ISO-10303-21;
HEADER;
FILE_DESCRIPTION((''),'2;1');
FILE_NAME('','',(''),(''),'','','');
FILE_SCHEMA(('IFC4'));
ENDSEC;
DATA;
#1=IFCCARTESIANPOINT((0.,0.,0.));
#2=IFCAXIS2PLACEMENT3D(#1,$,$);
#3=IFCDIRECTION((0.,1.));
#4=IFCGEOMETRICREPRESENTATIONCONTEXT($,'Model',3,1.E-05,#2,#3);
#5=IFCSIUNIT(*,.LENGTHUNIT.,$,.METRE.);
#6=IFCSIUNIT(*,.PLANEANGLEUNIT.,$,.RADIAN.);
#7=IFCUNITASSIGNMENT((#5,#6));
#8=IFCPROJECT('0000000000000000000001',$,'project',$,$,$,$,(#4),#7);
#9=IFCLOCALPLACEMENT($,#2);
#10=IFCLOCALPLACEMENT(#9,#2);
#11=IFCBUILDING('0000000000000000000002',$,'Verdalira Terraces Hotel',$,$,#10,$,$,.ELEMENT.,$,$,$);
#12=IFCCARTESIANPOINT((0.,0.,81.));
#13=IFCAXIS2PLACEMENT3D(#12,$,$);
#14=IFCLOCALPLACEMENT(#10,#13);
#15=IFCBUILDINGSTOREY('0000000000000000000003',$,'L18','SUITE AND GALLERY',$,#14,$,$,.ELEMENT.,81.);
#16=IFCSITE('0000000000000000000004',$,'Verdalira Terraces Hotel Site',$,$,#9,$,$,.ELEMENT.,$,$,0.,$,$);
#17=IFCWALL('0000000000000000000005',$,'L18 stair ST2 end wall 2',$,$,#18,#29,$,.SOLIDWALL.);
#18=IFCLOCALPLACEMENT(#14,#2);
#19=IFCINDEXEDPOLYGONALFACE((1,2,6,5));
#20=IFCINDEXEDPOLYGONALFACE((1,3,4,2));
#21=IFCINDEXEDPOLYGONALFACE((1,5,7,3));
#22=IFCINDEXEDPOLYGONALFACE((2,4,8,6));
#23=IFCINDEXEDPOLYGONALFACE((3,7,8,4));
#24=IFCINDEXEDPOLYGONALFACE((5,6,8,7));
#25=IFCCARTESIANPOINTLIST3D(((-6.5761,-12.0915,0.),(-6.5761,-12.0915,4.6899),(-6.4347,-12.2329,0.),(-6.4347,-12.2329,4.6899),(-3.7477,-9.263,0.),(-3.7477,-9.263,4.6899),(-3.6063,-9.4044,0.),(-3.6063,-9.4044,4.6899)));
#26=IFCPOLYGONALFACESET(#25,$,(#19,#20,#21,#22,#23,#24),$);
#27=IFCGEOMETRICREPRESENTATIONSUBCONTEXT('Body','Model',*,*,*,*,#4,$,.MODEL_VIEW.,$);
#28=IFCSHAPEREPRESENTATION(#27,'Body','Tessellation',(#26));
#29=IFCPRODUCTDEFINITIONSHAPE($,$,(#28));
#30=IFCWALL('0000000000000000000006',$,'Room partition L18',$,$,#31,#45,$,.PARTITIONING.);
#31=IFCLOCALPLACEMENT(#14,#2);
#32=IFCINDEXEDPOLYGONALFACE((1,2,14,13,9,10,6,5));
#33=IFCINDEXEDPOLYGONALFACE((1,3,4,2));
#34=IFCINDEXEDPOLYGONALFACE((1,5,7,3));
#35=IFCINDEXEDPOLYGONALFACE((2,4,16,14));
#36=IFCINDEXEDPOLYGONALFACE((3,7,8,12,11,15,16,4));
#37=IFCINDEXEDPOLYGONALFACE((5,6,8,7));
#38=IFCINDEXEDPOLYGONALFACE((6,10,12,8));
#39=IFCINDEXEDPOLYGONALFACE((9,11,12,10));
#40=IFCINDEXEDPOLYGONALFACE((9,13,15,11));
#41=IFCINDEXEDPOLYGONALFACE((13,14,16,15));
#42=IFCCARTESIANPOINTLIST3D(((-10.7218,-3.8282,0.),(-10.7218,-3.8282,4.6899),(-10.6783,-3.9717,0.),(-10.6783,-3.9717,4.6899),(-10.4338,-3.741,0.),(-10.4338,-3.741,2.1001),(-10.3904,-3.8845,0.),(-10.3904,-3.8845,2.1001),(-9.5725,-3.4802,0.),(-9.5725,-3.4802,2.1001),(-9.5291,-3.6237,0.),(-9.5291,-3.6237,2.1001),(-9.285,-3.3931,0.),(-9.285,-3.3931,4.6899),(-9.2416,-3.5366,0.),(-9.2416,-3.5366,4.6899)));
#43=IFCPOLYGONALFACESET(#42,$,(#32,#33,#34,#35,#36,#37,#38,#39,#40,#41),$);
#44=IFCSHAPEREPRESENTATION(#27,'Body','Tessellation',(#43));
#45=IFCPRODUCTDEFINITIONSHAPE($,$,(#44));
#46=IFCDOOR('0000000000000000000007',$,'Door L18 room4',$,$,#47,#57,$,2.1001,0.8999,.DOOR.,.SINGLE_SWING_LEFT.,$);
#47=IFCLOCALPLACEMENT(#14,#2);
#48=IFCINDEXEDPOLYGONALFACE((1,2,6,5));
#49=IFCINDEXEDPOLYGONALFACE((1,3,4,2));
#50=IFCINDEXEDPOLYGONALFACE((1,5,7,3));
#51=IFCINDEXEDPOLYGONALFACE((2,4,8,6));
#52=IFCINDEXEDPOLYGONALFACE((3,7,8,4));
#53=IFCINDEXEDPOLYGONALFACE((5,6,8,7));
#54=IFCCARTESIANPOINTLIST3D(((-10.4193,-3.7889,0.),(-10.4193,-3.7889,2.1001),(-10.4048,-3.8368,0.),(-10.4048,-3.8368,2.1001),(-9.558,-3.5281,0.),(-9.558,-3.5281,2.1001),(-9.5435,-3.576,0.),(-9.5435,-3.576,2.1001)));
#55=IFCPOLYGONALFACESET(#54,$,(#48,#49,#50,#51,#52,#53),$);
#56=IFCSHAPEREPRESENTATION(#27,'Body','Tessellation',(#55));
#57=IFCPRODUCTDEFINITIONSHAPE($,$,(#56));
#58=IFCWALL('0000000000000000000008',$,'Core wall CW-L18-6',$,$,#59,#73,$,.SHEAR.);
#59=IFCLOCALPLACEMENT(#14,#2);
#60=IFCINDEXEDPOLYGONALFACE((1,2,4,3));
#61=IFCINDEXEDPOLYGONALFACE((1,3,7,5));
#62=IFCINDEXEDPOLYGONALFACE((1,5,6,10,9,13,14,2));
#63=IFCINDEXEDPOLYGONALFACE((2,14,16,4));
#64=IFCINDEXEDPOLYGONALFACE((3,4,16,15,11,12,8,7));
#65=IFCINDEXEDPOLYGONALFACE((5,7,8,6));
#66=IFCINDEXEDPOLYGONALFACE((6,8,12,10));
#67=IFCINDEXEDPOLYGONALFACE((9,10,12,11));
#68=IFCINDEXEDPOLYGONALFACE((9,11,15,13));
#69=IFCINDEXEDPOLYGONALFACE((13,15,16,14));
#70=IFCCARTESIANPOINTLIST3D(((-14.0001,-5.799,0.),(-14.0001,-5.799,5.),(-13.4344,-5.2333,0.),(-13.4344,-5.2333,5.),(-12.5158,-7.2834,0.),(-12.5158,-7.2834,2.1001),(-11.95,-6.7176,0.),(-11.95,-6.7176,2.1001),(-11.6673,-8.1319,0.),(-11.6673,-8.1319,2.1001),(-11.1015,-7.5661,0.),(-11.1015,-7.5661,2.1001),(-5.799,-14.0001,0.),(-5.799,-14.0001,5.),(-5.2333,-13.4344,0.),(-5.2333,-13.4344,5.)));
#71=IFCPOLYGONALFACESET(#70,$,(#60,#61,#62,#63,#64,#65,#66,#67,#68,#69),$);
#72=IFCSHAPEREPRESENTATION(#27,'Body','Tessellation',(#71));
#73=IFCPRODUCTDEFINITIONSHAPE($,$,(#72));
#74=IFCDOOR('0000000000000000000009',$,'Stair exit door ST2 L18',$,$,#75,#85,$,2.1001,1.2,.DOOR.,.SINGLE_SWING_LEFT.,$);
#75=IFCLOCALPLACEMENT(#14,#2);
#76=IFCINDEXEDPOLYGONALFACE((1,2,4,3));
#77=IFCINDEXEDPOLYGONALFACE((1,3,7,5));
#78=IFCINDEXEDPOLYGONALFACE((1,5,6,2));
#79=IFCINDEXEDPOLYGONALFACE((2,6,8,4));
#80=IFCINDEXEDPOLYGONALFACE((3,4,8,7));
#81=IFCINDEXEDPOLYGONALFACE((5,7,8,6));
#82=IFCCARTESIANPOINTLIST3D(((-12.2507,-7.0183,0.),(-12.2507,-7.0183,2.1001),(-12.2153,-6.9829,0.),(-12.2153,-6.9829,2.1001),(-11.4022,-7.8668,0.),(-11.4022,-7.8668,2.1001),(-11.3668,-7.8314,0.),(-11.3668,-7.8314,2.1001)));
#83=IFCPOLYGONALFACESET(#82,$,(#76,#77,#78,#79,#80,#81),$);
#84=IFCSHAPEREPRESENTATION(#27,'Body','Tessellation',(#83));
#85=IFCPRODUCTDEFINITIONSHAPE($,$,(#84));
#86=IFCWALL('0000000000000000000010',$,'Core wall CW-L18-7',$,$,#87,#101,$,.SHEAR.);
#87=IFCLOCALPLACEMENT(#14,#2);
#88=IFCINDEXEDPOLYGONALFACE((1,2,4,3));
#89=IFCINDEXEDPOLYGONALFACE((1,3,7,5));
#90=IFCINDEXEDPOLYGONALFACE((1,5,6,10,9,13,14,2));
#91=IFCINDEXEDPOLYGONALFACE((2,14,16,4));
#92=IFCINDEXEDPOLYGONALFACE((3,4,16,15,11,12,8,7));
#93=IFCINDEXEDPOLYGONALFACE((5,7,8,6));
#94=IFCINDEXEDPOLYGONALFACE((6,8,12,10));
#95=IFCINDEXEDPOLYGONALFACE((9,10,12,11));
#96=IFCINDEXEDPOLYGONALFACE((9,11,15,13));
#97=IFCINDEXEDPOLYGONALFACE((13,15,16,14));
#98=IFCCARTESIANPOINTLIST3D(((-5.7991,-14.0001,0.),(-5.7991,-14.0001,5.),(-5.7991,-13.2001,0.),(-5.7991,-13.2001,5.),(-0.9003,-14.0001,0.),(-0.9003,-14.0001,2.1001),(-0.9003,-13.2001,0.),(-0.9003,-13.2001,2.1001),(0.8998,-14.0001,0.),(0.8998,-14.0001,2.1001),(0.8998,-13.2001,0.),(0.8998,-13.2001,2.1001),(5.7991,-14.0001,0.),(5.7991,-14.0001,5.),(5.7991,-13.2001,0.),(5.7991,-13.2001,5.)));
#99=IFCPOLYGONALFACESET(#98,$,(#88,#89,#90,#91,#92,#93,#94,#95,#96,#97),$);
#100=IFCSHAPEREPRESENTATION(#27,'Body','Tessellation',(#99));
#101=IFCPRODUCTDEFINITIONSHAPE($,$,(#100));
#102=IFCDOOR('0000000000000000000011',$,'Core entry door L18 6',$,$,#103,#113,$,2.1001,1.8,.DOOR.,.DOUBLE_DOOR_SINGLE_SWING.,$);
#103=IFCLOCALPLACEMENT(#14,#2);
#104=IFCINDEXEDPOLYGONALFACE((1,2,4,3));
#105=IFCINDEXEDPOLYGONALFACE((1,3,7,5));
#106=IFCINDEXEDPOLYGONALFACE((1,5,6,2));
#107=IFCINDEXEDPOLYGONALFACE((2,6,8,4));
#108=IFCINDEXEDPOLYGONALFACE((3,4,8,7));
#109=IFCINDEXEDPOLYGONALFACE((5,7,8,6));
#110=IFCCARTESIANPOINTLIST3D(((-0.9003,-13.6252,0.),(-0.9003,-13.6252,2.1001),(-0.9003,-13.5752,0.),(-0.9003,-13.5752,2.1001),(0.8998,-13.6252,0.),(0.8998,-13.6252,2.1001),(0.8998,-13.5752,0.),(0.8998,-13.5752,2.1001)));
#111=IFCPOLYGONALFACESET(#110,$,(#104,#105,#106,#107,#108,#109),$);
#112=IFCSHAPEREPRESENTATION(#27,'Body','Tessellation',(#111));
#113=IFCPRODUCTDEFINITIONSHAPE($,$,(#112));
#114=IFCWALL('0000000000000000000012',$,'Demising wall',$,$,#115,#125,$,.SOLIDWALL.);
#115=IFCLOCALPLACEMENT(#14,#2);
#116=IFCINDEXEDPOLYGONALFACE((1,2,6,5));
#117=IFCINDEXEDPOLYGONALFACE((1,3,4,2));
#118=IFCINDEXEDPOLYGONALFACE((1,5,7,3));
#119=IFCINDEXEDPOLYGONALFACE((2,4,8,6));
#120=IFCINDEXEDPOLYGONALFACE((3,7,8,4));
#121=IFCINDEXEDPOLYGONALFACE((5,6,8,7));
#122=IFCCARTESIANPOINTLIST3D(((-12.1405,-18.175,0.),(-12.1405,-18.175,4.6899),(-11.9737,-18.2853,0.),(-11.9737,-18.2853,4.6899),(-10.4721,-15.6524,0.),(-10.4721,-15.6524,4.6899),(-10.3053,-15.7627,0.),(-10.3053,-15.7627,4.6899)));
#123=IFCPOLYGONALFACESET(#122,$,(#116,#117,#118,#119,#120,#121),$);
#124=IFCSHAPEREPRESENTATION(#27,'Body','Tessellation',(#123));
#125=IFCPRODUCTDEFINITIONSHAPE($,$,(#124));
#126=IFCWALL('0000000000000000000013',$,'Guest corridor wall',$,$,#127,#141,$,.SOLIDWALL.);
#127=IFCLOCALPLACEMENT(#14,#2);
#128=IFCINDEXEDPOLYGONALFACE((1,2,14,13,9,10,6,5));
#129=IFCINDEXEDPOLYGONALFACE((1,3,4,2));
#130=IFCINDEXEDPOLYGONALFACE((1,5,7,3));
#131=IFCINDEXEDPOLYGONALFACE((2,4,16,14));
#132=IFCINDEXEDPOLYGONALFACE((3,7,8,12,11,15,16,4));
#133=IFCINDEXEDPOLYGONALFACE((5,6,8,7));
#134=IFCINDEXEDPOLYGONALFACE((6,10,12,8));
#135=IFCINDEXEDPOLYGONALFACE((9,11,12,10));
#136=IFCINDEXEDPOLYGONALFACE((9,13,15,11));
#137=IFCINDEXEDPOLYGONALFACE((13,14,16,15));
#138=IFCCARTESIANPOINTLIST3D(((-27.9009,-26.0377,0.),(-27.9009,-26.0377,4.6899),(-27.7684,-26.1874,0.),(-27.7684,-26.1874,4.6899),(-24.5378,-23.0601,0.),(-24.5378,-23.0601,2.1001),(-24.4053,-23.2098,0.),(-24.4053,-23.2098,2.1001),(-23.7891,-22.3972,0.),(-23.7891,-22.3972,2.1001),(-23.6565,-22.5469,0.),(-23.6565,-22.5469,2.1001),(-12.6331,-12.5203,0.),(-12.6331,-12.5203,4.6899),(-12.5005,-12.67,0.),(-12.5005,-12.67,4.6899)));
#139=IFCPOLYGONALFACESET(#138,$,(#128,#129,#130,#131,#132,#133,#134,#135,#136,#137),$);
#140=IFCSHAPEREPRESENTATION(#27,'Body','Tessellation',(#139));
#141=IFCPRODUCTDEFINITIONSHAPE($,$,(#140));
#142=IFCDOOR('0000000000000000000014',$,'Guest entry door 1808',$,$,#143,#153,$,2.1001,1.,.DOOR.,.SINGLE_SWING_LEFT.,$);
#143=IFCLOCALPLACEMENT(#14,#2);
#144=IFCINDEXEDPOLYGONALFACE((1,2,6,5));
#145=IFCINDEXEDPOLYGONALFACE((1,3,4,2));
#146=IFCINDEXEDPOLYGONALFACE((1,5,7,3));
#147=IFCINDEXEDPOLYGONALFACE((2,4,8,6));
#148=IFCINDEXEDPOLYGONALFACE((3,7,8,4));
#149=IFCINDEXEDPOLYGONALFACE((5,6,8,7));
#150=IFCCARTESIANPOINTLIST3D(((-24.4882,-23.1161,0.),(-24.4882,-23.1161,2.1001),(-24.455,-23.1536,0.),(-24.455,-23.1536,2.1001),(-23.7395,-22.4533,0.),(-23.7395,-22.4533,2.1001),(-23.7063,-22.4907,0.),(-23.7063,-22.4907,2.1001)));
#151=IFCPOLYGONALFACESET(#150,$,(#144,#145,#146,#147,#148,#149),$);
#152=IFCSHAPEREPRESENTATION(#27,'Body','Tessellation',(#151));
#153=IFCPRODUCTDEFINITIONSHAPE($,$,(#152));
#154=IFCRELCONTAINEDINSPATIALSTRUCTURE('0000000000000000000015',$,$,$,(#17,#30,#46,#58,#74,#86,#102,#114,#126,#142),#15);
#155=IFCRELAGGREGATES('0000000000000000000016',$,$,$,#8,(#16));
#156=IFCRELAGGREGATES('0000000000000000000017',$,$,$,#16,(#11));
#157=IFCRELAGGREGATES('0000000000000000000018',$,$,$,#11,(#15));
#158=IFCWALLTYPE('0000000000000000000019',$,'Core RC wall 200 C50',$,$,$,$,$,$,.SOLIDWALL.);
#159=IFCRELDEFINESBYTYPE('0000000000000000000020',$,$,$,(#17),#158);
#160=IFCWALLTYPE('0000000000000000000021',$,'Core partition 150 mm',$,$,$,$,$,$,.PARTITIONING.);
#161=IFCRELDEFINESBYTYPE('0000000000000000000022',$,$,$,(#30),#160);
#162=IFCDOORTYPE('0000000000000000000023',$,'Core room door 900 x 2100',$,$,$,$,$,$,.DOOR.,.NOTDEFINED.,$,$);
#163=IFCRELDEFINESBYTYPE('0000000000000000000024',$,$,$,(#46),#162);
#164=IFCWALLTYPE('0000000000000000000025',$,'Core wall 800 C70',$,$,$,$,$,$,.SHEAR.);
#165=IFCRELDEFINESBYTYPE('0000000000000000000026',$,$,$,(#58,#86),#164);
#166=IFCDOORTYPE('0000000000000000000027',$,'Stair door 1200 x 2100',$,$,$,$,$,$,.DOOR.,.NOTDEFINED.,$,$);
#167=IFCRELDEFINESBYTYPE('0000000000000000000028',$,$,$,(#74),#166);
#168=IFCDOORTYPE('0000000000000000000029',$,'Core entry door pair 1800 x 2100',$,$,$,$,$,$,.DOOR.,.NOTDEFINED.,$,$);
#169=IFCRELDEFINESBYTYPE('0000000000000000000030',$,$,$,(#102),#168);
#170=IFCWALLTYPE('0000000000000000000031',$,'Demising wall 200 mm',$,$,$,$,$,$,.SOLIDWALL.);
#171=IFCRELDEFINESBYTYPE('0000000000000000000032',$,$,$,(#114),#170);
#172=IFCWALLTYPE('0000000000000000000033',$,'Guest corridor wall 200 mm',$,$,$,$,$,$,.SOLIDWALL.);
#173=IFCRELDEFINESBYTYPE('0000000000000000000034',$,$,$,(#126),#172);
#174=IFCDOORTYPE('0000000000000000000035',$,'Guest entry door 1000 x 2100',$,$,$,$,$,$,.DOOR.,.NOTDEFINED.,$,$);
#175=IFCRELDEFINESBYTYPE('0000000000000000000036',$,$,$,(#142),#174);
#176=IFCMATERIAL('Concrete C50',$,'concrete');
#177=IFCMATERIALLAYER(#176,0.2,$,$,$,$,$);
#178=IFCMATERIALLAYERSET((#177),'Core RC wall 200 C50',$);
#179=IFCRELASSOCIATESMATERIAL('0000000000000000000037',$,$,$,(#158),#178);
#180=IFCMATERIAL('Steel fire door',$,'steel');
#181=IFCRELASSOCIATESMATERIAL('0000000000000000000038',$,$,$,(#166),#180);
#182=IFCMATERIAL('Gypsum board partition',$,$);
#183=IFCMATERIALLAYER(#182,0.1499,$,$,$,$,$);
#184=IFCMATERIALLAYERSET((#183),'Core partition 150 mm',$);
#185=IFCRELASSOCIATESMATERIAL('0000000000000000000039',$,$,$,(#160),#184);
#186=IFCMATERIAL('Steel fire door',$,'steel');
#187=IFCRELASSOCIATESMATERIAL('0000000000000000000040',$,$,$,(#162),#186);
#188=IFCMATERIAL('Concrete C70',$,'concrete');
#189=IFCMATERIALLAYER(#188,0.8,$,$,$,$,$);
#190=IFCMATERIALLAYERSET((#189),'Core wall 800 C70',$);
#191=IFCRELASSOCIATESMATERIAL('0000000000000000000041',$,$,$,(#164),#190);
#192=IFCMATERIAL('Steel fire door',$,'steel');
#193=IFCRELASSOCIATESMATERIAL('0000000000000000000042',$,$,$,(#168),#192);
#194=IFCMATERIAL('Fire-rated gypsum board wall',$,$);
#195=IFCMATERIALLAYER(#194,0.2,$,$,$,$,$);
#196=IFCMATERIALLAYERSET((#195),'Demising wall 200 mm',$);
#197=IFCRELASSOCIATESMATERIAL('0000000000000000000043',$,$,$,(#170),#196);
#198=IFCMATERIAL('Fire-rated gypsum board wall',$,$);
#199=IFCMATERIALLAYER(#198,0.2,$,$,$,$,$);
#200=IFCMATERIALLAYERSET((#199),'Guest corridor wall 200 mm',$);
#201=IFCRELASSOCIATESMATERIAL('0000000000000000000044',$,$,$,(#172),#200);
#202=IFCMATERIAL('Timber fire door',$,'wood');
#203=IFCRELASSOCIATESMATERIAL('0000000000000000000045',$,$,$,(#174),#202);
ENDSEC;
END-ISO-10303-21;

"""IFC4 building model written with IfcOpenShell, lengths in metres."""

from ifc_helpers import new_model, si_unit, direction, frame, frame_2d, origin, place, context, subcontext, project, spatial, rectangle, extrude, material, layer, layer_set, type_object, element, fill, save


model = new_model("IFC4")

# Units and contexts
model_context = context("Model", 3, precision=1e-05, world=origin(), true_north=direction((0.0, 1.0)))
body_context = subcontext(model_context, "Body", "Model", "MODEL_VIEW")
ifc_project = project(units=[si_unit("LENGTHUNIT", "METRE"), si_unit("PLANEANGLEUNIT", "RADIAN")], contexts=[model_context])

# Site, building, storey
site_placement = place(None, origin())
site = spatial("IfcSite", under=ifc_project, at=site_placement, Name="Verdalira Terraces Hotel Site", CompositionType="ELEMENT", RefElevation=0.0)
building_placement = place(site_placement, origin())
building = spatial("IfcBuilding", under=site, at=building_placement, Name="Verdalira Terraces Hotel", CompositionType="ELEMENT")
storey_placement = place(building_placement, frame((0.0, 0.0, 81.0)))
storey = spatial("IfcBuildingStorey", under=building, at=storey_placement, Name="L18", Description="SUITE AND GALLERY", CompositionType="ELEMENT", Elevation=81.0)

# Shared definitions
ifc_material_1 = material(Name="Concrete C50", Category="concrete")
ifc_layer_1 = layer(ifc_material_1, 0.2)
ifc_layer_set_1 = layer_set([ifc_layer_1], Name="Core RC wall 200 C50")
wall_type_1 = type_object("IfcWallType", Name="Core RC wall 200 C50", PredefinedType="SOLIDWALL", material=ifc_layer_set_1)
ifc_material_2 = material(Name="Steel fire door", Category="steel")
door_type_1 = type_object("IfcDoorType", Name="Stair door 1200 x 2100", OperationType="NOTDEFINED", PredefinedType="DOOR", material=ifc_material_2)

# Wall
for number, where, z_axis, x_axis, name in (
    (1, (-3.677, -9.3337, 0.0), (0.0, 0.0, 1.0), (-0.707107, -0.707107, 0.0), "L18 stair ST2 end wall 2"),
):
    element("IfcWall", number, at=place(storey_placement, frame(where, z_axis=z_axis, x_axis=x_axis)), inside=storey, type_object=wall_type_1, Name=name, PredefinedType="SOLIDWALL", context=body_context, shape_type="SweptSolid", body=[
        extrude(rectangle(XDim=4.0, YDim=0.2, at=frame_2d((2.0, 0.0))), origin(), (0.0, 0.0, 1.0), 4.6899),
    ])

# Walls, openings, doors
ifc_material_3 = material(Name="Gypsum board partition")
ifc_layer_2 = layer(ifc_material_3, 0.1499)
ifc_layer_set_2 = layer_set([ifc_layer_2], Name="Core partition 150 mm")
wall_type_2 = type_object("IfcWallType", Name="Core partition 150 mm", PredefinedType="PARTITIONING", material=ifc_layer_set_2)
wall_1_placement = place(storey_placement, frame((-10.7, -3.8999, 0.0), z_axis=(0.0, 0.0, 1.0), x_axis=(0.957085, 0.289809, 0.0)))
wall_1 = element("IfcWall", 2, at=wall_1_placement, inside=storey, type_object=wall_type_2, Name="Room partition L18", PredefinedType="PARTITIONING", context=body_context, shape_type="SweptSolid", body=[
    extrude(rectangle(XDim=1.5012, YDim=0.1499, at=frame_2d((0.7505, 0.0))), origin(), (0.0, 0.0, 1.0), 4.6899),
])
opening_1_placement = place(wall_1_placement, frame((0.3008, 0.0, 0.0)))
opening_1 = element("IfcOpeningElement", 3, at=opening_1_placement, cuts=wall_1, PredefinedType="OPENING", context=body_context, shape_type="SweptSolid", body=[
    extrude(rectangle(XDim=0.8999, YDim=2.1001, at=frame_2d((0.45, 1.05))), frame((0.0, 0.085, 0.0), z_axis=(0.0, -1.0, 0.0), x_axis=(1.0, 0.0, 0.0)), (0.0, 0.0, 1.0), 0.1699),
])
ifc_material_4 = material(Name="Steel fire door", Category="steel")
door_type_2 = type_object("IfcDoorType", Name="Core room door 900 x 2100", OperationType="NOTDEFINED", PredefinedType="DOOR", material=ifc_material_4)
door_1_placement = place(opening_1_placement, origin())
door_1 = element("IfcDoor", 4, at=door_1_placement, inside=storey, type_object=door_type_2, Name="Door L18 room4", OperationType="SINGLE_SWING_LEFT", OverallHeight=2.1001, OverallWidth=0.8999, PredefinedType="DOOR", context=body_context, shape_type="SweptSolid", body=[
    extrude(rectangle(XDim=0.8999, YDim=2.1001, at=frame_2d((0.45, 1.05))), frame((0.0, 0.0249, 0.0), z_axis=(0.0, -1.0, 0.0), x_axis=(1.0, 0.0, 0.0)), (0.0, 0.0, 1.0), 0.05),
])
fill(opening_1, door_1)
ifc_material_5 = material(Name="Concrete C70", Category="concrete")
ifc_layer_3 = layer(ifc_material_5, 0.8)
ifc_layer_set_3 = layer_set([ifc_layer_3], Name="Core wall 800 C70")
wall_type_3 = type_object("IfcWallType", Name="Core wall 800 C70", PredefinedType="SHEAR", material=ifc_layer_set_3)
wall_2_placement = place(storey_placement, frame((-13.7173, -5.5161, 0.0), z_axis=(0.0, 0.0, 1.0), x_axis=(0.707107, -0.707107, 0.0)))
wall_2 = element("IfcWall", 5, at=wall_2_placement, inside=storey, type_object=wall_type_3, Name="Core wall CW-L18-6", PredefinedType="SHEAR", context=body_context, shape_type="SweptSolid", body=[
    extrude(rectangle(XDim=11.5981, YDim=0.8, at=frame_2d((5.7991, 0.0))), origin(), (0.0, 0.0, 1.0), 5.0),
])
opening_2_placement = place(wall_2_placement, frame((2.0991, 0.0, 0.0)))
opening_2 = element("IfcOpeningElement", 6, at=opening_2_placement, cuts=wall_2, PredefinedType="OPENING", context=body_context, shape_type="SweptSolid", body=[
    extrude(rectangle(XDim=1.2, YDim=2.1001, at=frame_2d((0.6001, 1.05))), frame((0.0, 0.4099, 0.0), z_axis=(0.0, -1.0, 0.0), x_axis=(1.0, 0.0, 0.0)), (0.0, 0.0, 1.0), 0.8201),
])
door_2_placement = place(opening_2_placement, origin())
door_2 = element("IfcDoor", 7, at=door_2_placement, inside=storey, type_object=door_type_1, Name="Stair exit door ST2 L18", OperationType="SINGLE_SWING_LEFT", OverallHeight=2.1001, OverallWidth=1.2, PredefinedType="DOOR", context=body_context, shape_type="SweptSolid", body=[
    extrude(rectangle(XDim=1.2, YDim=2.1001, at=frame_2d((0.6001, 1.05))), frame((0.0, 0.0249, 0.0), z_axis=(0.0, -1.0, 0.0), x_axis=(1.0, 0.0, 0.0)), (0.0, 0.0, 1.0), 0.05),
])
fill(opening_2, door_2)
wall_3_placement = place(storey_placement, frame((-5.7991, -13.6001, 0.0), z_axis=(0.0, 0.0, 1.0), x_axis=(1.0, 0.0, 0.0)))
wall_3 = element("IfcWall", 8, at=wall_3_placement, inside=storey, type_object=wall_type_3, Name="Core wall CW-L18-7", PredefinedType="SHEAR", context=body_context, shape_type="SweptSolid", body=[
    extrude(rectangle(XDim=11.5981, YDim=0.8, at=frame_2d((5.7991, 0.0))), origin(), (0.0, 0.0, 1.0), 5.0),
])
opening_3_placement = place(wall_3_placement, frame((4.8989, 0.0, 0.0)))
opening_3 = element("IfcOpeningElement", 9, at=opening_3_placement, cuts=wall_3, PredefinedType="OPENING", context=body_context, shape_type="SweptSolid", body=[
    extrude(rectangle(XDim=1.8, YDim=2.1001, at=frame_2d((0.8999, 1.05))), frame((0.0, 0.4099, 0.0), z_axis=(0.0, -1.0, 0.0), x_axis=(1.0, 0.0, 0.0)), (0.0, 0.0, 1.0), 0.8201),
])
ifc_material_6 = material(Name="Steel fire door", Category="steel")
door_type_3 = type_object("IfcDoorType", Name="Core entry door pair 1800 x 2100", OperationType="NOTDEFINED", PredefinedType="DOOR", material=ifc_material_6)
door_3_placement = place(opening_3_placement, origin())
door_3 = element("IfcDoor", 10, at=door_3_placement, inside=storey, type_object=door_type_3, Name="Core entry door L18 6", OperationType="DOUBLE_DOOR_SINGLE_SWING", OverallHeight=2.1001, OverallWidth=1.8, PredefinedType="DOOR", context=body_context, shape_type="SweptSolid", body=[
    extrude(rectangle(XDim=1.8, YDim=2.1001, at=frame_2d((0.8999, 1.05))), frame((0.0, 0.0249, 0.0), z_axis=(0.0, -1.0, 0.0), x_axis=(1.0, 0.0, 0.0)), (0.0, 0.0, 1.0), 0.05),
])
fill(opening_3, door_3)

# Wall
ifc_material_7 = material(Name="Fire-rated gypsum board wall")
ifc_layer_4 = layer(ifc_material_7, 0.2)
ifc_layer_set_4 = layer_set([ifc_layer_4], Name="Demising wall 200 mm")
wall_type_4 = type_object("IfcWallType", Name="Demising wall 200 mm", PredefinedType="SOLIDWALL", material=ifc_layer_set_4)
wall_4_placement = place(storey_placement, frame((-10.3887, -15.7075, 0.0), z_axis=(0.0, 0.0, 1.0), x_axis=(-0.551642, -0.834081, 0.0)))
element("IfcWall", 11, at=wall_4_placement, inside=storey, type_object=wall_type_4, Name="Demising wall", PredefinedType="SOLIDWALL", context=body_context, shape_type="SweptSolid", body=[
    extrude(rectangle(XDim=3.0244, YDim=0.2, at=frame_2d((1.5122, 0.0))), origin(), (0.0, 0.0, 1.0), 4.6899),
])

# Wall, opening, door
ifc_material_8 = material(Name="Fire-rated gypsum board wall")
ifc_layer_5 = layer(ifc_material_8, 0.2)
ifc_layer_set_5 = layer_set([ifc_layer_5], Name="Guest corridor wall 200 mm")
wall_type_5 = type_object("IfcWallType", Name="Guest corridor wall 200 mm", PredefinedType="SOLIDWALL", material=ifc_layer_set_5)
wall_5_placement = place(storey_placement, frame((-12.5669, -12.5952, 0.0), z_axis=(0.0, 0.0, 1.0), x_axis=(-0.748724, -0.662881, 0.0)))
wall_5 = element("IfcWall", 12, at=wall_5_placement, inside=storey, type_object=wall_type_5, Name="Guest corridor wall", PredefinedType="SOLIDWALL", context=body_context, shape_type="SweptSolid", body=[
    extrude(rectangle(XDim=20.3918, YDim=0.2, at=frame_2d((10.1958, 0.0))), origin(), (0.0, 0.0, 1.0), 4.6899),
])
opening_4_placement = place(wall_5_placement, frame((14.8999, 0.0, 0.0)))
opening_4 = element("IfcOpeningElement", 13, at=opening_4_placement, cuts=wall_5, PredefinedType="OPENING", context=body_context, shape_type="SweptSolid", body=[
    extrude(rectangle(XDim=1.0, YDim=2.1001, at=frame_2d((0.5, 1.05))), frame((0.0, 0.1099, 0.0), z_axis=(0.0, -1.0, 0.0), x_axis=(1.0, 0.0, 0.0)), (0.0, 0.0, 1.0), 0.22),
])
ifc_material_9 = material(Name="Timber fire door", Category="wood")
door_type_4 = type_object("IfcDoorType", Name="Guest entry door 1000 x 2100", OperationType="NOTDEFINED", PredefinedType="DOOR", material=ifc_material_9)
door_4_placement = place(opening_4_placement, origin())
door_4 = element("IfcDoor", 14, at=door_4_placement, inside=storey, type_object=door_type_4, Name="Guest entry door 1808", OperationType="SINGLE_SWING_LEFT", OverallHeight=2.1001, OverallWidth=1.0, PredefinedType="DOOR", context=body_context, shape_type="SweptSolid", body=[
    extrude(rectangle(XDim=1.0, YDim=2.1001, at=frame_2d((0.5, 1.05))), frame((0.0, 0.0249, 0.0), z_axis=(0.0, -1.0, 0.0), x_axis=(1.0, 0.0, 0.0)), (0.0, 0.0, 1.0), 0.05),
])
fill(opening_4, door_4)

save(model, "model.ifc")
